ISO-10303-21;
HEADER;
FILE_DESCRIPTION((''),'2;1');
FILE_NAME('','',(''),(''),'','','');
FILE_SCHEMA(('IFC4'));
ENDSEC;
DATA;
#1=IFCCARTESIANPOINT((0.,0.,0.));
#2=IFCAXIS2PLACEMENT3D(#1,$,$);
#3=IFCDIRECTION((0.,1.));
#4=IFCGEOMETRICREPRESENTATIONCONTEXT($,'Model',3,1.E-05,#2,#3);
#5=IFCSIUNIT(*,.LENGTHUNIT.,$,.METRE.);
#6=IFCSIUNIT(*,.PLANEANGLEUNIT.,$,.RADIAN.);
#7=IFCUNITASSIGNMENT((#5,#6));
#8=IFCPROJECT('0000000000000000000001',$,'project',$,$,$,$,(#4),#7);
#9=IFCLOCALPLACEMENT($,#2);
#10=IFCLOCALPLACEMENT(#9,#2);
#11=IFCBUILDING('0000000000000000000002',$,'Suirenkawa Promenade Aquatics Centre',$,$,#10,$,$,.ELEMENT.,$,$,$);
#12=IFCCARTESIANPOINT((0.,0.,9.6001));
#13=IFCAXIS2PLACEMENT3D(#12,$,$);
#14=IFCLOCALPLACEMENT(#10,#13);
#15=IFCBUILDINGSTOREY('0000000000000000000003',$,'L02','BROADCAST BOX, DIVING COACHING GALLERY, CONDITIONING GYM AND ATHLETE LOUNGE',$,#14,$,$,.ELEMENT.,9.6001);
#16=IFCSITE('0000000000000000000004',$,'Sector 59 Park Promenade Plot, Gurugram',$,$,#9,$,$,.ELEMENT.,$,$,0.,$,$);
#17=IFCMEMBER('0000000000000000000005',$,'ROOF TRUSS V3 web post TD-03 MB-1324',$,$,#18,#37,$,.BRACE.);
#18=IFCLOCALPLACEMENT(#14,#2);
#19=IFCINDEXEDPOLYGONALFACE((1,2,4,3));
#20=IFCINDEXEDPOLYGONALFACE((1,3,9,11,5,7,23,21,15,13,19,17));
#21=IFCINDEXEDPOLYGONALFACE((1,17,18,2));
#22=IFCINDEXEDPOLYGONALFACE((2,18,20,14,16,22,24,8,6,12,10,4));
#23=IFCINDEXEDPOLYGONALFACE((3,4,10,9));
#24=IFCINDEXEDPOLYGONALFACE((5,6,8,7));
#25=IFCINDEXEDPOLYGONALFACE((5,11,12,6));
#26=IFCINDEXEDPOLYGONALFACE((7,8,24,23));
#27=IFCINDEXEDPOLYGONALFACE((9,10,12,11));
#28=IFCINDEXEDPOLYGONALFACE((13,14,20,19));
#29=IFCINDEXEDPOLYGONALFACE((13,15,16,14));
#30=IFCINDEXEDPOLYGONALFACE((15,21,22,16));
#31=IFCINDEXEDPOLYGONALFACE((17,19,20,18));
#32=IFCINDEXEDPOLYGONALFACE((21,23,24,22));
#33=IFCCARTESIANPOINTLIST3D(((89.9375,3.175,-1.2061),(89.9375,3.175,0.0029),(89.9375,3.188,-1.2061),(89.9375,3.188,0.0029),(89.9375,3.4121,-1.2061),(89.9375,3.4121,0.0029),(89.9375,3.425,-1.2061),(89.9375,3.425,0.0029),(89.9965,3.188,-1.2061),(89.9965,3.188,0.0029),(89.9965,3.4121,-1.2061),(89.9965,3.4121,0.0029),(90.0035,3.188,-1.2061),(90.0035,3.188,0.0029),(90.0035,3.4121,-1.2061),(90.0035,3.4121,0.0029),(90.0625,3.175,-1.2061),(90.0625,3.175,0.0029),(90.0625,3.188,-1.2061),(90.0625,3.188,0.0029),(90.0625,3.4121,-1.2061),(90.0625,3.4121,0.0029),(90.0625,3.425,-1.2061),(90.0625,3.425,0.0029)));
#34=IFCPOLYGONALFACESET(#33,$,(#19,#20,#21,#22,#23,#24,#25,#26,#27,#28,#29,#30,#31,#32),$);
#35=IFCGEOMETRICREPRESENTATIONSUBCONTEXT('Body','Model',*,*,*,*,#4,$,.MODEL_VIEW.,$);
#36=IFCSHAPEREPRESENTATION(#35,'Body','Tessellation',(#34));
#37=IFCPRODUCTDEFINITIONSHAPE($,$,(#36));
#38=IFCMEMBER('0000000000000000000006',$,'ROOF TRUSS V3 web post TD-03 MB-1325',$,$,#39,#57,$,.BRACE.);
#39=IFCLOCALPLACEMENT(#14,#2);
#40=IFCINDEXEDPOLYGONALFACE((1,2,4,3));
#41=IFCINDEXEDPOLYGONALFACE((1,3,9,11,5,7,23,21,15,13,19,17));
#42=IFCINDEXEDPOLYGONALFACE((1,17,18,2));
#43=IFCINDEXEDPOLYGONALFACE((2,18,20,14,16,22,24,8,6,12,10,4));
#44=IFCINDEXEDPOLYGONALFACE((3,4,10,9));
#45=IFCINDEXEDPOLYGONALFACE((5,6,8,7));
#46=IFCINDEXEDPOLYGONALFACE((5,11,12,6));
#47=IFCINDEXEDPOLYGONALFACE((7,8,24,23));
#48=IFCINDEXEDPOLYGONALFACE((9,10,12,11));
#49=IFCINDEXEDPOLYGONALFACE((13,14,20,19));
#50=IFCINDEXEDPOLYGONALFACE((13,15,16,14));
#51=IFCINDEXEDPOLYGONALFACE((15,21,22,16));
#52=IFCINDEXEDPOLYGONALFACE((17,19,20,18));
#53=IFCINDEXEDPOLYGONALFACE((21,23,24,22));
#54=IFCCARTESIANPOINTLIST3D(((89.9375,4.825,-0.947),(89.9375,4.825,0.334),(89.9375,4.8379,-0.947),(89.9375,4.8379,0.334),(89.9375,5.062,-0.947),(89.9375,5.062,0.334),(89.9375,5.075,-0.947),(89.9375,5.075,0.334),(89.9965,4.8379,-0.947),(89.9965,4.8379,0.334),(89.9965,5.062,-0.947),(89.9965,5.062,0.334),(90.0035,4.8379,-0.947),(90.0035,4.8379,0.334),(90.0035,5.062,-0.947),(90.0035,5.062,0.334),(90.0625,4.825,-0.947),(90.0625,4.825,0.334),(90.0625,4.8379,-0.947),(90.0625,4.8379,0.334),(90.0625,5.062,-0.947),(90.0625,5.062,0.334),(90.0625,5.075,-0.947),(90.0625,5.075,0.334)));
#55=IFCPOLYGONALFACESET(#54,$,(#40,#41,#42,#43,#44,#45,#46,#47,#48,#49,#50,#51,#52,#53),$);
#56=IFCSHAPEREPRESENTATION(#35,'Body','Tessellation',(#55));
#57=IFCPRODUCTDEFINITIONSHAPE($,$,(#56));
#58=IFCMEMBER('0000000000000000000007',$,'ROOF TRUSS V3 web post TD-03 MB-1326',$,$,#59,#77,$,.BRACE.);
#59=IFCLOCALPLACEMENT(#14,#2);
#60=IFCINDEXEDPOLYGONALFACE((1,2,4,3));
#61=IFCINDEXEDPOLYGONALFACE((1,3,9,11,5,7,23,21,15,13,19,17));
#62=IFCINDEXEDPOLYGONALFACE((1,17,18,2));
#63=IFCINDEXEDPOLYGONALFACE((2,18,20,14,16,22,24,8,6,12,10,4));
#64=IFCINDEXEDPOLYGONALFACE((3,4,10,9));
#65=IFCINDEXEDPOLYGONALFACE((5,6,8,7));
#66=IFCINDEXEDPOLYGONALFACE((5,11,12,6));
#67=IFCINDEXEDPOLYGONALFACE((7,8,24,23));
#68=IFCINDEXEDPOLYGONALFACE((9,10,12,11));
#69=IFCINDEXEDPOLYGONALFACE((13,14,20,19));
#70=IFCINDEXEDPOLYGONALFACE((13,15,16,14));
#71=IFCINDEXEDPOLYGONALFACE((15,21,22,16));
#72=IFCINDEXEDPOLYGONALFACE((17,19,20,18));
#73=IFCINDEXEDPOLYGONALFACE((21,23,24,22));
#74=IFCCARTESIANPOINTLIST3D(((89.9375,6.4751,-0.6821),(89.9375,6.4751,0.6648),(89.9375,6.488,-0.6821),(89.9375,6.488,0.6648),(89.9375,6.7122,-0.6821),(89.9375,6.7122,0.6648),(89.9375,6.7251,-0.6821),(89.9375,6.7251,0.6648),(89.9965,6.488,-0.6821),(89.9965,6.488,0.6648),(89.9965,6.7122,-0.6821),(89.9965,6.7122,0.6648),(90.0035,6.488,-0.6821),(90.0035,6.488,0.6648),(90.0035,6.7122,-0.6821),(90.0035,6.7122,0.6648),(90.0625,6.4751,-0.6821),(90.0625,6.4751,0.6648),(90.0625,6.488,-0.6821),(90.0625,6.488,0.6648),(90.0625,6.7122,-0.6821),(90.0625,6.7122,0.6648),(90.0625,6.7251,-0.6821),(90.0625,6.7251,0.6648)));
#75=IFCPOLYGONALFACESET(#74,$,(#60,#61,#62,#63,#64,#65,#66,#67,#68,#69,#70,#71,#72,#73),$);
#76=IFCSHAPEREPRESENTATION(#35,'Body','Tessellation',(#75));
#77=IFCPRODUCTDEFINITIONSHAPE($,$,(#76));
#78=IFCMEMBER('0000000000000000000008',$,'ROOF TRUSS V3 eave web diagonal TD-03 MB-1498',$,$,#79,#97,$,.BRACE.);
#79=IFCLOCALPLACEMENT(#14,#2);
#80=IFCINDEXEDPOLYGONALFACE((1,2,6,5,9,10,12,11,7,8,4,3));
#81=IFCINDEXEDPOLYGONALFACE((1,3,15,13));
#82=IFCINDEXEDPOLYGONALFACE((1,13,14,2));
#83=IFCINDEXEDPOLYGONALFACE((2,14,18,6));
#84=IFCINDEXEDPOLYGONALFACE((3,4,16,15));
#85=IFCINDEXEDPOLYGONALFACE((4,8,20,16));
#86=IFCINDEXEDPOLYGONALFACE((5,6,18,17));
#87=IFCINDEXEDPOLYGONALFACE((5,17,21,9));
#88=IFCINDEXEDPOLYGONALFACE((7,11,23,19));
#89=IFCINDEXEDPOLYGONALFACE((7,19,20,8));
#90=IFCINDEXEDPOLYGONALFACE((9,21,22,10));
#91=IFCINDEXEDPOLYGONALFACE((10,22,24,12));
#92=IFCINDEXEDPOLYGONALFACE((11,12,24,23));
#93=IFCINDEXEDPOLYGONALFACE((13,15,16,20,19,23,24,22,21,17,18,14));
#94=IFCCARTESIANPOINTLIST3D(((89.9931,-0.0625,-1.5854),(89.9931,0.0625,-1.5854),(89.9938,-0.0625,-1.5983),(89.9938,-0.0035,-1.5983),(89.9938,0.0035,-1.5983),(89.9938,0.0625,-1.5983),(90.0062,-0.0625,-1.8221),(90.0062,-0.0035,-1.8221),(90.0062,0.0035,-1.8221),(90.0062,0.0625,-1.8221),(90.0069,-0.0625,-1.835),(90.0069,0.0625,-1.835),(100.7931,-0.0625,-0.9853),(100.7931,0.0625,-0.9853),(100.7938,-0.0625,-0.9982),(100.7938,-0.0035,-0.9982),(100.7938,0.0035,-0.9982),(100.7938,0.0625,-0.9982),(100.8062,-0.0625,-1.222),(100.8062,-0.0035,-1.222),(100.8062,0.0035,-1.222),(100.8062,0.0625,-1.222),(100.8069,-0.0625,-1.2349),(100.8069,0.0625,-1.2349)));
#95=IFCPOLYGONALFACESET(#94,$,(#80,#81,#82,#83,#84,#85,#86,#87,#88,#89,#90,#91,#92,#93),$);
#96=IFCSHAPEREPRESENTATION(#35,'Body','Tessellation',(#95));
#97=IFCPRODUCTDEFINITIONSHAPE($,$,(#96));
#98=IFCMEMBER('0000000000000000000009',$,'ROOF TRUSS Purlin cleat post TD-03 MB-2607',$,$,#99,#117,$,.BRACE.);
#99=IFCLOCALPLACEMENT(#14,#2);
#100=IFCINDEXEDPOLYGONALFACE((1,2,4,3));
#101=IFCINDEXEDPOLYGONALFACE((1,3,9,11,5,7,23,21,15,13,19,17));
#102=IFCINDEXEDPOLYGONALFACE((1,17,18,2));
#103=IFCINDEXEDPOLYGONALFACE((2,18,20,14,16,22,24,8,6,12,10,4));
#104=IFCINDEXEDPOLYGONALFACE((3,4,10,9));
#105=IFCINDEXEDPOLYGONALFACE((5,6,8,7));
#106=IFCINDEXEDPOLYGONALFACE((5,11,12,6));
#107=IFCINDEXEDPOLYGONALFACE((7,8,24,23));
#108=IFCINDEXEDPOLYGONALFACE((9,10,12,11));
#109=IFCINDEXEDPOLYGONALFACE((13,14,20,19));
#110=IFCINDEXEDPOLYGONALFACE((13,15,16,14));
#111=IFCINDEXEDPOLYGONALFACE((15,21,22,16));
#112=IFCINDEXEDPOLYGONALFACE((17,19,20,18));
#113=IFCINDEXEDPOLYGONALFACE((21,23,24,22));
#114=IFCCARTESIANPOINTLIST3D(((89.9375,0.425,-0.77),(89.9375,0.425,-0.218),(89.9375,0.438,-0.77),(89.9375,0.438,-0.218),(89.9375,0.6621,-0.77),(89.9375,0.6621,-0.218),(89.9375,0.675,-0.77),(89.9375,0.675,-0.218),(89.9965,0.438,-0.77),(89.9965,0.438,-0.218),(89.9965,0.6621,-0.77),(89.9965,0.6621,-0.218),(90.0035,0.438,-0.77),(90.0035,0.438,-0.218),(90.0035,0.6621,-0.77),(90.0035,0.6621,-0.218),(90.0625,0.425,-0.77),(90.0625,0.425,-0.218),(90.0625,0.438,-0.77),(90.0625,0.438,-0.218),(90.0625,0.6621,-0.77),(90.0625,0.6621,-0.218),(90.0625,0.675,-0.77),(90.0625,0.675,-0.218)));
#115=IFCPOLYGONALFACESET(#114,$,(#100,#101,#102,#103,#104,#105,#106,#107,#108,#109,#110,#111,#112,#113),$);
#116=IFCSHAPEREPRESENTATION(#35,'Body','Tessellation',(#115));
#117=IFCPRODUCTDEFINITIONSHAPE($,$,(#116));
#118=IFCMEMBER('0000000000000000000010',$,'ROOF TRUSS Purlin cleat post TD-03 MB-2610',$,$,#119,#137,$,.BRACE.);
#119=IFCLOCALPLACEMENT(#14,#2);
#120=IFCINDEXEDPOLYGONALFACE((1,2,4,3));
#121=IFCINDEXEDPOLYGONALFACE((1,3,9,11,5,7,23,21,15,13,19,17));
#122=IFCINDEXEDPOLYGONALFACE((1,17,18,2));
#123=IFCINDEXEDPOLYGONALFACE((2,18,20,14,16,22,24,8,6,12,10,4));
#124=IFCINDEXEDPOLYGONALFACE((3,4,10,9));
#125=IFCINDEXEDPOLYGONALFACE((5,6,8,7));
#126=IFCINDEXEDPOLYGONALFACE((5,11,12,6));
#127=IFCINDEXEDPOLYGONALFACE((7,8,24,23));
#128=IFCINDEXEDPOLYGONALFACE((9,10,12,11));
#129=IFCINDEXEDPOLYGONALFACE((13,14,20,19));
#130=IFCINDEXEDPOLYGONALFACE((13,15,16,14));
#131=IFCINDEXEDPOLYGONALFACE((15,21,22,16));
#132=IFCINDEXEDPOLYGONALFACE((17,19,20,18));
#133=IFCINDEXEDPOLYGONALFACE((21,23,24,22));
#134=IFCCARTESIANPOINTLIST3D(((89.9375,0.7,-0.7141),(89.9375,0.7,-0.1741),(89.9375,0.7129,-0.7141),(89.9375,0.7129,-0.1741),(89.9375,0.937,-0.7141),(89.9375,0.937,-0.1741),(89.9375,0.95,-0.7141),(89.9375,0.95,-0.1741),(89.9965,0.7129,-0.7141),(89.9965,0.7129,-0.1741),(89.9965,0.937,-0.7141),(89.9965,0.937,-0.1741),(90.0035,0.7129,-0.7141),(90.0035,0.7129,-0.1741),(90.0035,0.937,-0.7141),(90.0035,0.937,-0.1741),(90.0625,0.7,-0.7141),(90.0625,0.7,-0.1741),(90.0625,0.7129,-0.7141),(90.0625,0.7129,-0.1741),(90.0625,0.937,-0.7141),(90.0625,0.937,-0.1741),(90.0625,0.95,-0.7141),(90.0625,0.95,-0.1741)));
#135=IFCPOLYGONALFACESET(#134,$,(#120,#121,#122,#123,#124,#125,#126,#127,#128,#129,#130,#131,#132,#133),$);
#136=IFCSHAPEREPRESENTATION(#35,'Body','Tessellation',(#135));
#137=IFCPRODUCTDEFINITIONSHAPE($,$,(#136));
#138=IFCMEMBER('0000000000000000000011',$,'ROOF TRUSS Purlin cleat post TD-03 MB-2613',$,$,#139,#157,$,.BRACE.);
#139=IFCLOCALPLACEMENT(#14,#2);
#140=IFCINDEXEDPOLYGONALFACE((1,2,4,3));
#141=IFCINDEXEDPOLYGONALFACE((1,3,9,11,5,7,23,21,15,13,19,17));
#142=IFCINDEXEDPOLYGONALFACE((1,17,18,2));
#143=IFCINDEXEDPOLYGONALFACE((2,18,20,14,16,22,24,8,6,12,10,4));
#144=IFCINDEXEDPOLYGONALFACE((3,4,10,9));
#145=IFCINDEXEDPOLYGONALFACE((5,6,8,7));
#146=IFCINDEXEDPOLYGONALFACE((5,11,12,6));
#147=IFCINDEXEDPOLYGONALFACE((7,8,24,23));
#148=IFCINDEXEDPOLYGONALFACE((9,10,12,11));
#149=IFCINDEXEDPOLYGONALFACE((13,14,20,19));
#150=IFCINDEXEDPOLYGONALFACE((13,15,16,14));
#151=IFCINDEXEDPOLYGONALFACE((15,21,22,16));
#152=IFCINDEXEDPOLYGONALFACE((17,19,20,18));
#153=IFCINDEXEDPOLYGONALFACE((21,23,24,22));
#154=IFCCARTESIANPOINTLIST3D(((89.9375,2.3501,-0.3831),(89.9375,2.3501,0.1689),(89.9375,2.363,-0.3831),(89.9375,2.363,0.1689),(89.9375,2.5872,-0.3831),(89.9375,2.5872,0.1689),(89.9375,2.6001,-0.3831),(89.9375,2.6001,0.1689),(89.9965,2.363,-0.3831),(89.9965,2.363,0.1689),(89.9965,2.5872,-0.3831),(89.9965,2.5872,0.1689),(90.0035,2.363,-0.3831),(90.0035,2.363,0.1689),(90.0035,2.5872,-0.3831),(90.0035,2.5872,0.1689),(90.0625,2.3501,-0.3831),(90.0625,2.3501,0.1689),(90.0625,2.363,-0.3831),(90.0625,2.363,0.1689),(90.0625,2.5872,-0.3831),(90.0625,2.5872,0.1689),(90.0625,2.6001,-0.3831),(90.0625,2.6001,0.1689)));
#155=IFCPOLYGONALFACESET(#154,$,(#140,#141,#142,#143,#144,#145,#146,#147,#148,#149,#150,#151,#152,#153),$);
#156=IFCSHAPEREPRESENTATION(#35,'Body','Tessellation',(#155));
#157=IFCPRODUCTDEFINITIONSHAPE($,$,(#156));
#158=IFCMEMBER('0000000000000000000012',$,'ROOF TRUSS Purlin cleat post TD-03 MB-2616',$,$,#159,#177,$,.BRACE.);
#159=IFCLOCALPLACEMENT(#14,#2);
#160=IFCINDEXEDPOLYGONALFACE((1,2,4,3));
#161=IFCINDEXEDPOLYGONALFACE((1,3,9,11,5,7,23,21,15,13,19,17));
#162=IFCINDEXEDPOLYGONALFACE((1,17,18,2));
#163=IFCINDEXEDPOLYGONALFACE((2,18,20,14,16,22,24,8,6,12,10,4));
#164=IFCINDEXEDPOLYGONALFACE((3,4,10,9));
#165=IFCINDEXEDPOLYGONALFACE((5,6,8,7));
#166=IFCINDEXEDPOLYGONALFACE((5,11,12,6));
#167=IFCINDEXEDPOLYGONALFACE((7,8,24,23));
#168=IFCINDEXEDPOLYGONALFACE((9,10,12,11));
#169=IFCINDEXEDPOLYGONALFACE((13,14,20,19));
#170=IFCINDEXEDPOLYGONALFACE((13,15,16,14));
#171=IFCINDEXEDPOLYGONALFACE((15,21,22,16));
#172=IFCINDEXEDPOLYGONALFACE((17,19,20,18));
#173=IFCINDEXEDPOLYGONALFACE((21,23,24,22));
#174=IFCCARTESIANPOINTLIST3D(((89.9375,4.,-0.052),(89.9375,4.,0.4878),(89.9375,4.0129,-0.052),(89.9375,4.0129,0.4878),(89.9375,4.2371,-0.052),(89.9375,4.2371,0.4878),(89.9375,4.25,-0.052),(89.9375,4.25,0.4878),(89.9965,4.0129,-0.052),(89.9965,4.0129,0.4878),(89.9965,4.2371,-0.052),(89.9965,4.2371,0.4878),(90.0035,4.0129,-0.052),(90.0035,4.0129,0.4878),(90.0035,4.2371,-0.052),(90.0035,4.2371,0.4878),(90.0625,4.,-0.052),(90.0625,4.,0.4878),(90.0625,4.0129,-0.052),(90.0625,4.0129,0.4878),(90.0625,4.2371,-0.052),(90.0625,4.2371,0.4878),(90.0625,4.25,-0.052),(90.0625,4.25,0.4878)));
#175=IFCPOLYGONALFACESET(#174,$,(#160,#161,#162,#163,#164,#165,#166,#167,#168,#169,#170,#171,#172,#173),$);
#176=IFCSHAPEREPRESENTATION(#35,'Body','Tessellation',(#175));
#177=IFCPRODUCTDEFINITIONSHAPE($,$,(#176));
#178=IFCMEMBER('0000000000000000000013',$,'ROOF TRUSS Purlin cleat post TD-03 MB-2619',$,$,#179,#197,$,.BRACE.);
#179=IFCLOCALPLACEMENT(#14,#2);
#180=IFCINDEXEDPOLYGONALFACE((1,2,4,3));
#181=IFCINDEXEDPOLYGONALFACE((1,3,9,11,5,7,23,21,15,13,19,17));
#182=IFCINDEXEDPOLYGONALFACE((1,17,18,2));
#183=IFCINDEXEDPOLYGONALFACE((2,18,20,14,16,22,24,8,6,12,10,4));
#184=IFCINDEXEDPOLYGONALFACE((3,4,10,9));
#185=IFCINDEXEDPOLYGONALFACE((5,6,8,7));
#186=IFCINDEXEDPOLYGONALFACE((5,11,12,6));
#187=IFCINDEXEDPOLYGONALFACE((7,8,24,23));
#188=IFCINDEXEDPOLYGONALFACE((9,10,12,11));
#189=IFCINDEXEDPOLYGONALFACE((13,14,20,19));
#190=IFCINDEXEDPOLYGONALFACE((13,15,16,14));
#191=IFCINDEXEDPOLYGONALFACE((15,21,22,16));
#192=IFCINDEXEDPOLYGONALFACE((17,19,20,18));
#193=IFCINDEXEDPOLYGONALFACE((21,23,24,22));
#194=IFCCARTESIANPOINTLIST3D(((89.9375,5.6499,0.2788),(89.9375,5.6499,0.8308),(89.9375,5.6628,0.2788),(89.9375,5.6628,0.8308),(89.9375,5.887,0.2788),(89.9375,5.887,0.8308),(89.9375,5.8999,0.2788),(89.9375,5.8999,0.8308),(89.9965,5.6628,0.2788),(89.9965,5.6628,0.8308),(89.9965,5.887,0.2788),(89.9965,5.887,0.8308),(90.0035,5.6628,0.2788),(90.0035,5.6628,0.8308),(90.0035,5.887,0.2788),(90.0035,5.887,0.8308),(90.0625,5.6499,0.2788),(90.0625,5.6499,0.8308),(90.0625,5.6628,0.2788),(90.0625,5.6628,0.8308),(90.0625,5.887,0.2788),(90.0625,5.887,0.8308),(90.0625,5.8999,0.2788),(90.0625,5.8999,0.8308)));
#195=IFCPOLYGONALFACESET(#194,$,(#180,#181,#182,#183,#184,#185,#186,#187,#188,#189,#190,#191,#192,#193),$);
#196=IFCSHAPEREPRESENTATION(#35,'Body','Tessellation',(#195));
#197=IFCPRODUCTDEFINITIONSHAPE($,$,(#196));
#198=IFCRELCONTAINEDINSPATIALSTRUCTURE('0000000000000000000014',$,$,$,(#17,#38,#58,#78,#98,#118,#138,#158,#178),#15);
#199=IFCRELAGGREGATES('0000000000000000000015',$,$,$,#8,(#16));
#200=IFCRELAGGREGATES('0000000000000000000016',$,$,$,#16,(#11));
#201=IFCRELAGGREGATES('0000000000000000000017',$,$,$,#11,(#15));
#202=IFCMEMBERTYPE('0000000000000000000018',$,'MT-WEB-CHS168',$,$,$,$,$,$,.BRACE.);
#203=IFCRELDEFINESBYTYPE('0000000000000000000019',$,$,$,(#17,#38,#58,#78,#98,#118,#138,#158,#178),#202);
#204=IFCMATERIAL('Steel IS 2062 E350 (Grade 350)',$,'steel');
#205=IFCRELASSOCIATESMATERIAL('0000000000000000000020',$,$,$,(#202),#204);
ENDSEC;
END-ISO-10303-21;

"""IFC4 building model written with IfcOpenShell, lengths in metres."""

from ifc_helpers import new_model, si_unit, direction, frame, origin, origin_2d, place, context, subcontext, project, spatial, i_section, extrude, material, material_profile, profile_set, type_object, element, save


model = new_model("IFC4")

# Units and contexts
model_context = context("Model", 3, precision=1e-05, world=origin(), true_north=direction((0.0, 1.0)))
body_context = subcontext(model_context, "Body", "Model", "MODEL_VIEW")
ifc_project = project(units=[si_unit("LENGTHUNIT", "METRE"), si_unit("PLANEANGLEUNIT", "RADIAN")], contexts=[model_context])

# Site, building, storey
site_placement = place(None, origin())
site = spatial("IfcSite", under=ifc_project, at=site_placement, Name="Sector 59 Park Promenade Plot, Gurugram", CompositionType="ELEMENT", RefElevation=0.0)
building_placement = place(site_placement, origin())
building = spatial("IfcBuilding", under=site, at=building_placement, Name="Suirenkawa Promenade Aquatics Centre", CompositionType="ELEMENT")
storey_placement = place(building_placement, frame((0.0, 0.0, 9.6001)))
storey = spatial("IfcBuildingStorey", under=building, at=storey_placement, Name="L02", Description="BROADCAST BOX, DIVING COACHING GALLERY, CONDITIONING GYM AND ATHLETE LOUNGE", CompositionType="ELEMENT", Elevation=9.6001)

# Shared definitions
ifc_material_1 = material(Name="Steel IS 2062 E350 (Grade 350)", Category="steel")

# Members
ifc_material_profile_1 = material_profile(ifc_material_1, i_section(OverallWidth=0.125, OverallDepth=0.25, WebThickness=0.0071, FlangeThickness=0.0129, at=origin_2d()), Name="ISMB 250", Category="steel")
ifc_profile_set_1 = profile_set([ifc_material_profile_1], Name="Steel IS 2062 E350 (Grade 350)")
member_type_1 = type_object("IfcMemberType", Name="MT-WEB-CHS168", PredefinedType="BRACE", material=ifc_profile_set_1)
member_1_placement = place(storey_placement, frame((90.0, 3.3, -1.2061), z_axis=(0.0, 0.0, 1.0), x_axis=(1.0, 0.0, 0.0)))
element("IfcMember", 1, at=member_1_placement, inside=storey, type_object=member_type_1, Name="ROOF TRUSS V3 web post TD-03 MB-1324", PredefinedType="BRACE", context=body_context, shape_type="SweptSolid", body=[
    extrude(i_section(OverallWidth=0.125, OverallDepth=0.25, WebThickness=0.0071, FlangeThickness=0.0129, at=origin_2d()), origin(), (0.0, 0.0, 1.0), 1.209),
])
member_2_placement = place(storey_placement, frame((90.0, 4.95, -0.947), z_axis=(0.0, 0.0, 1.0), x_axis=(1.0, 0.0, 0.0)))
element("IfcMember", 2, at=member_2_placement, inside=storey, type_object=member_type_1, Name="ROOF TRUSS V3 web post TD-03 MB-1325", PredefinedType="BRACE", context=body_context, shape_type="SweptSolid", body=[
    extrude(i_section(OverallWidth=0.125, OverallDepth=0.25, WebThickness=0.0071, FlangeThickness=0.0129, at=origin_2d()), origin(), (0.0, 0.0, 1.0), 1.281),
])
member_3_placement = place(storey_placement, frame((90.0, 6.6001, -0.6821), z_axis=(0.0, 0.0, 1.0), x_axis=(1.0, 0.0, 0.0)))
element("IfcMember", 3, at=member_3_placement, inside=storey, type_object=member_type_1, Name="ROOF TRUSS V3 web post TD-03 MB-1326", PredefinedType="BRACE", context=body_context, shape_type="SweptSolid", body=[
    extrude(i_section(OverallWidth=0.125, OverallDepth=0.25, WebThickness=0.0071, FlangeThickness=0.0129, at=origin_2d()), origin(), (0.0, 0.0, 1.0), 1.3469),
])
member_4_placement = place(storey_placement, frame((90.0, 0.0, -1.7102), z_axis=(0.99846, 0.0, 0.055479), x_axis=(0.0, 1.0, 0.0)))
element("IfcMember", 4, at=member_4_placement, inside=storey, type_object=member_type_1, Name="ROOF TRUSS V3 eave web diagonal TD-03 MB-1498", PredefinedType="BRACE", context=body_context, shape_type="SweptSolid", body=[
    extrude(i_section(OverallWidth=0.125, OverallDepth=0.25, WebThickness=0.0071, FlangeThickness=0.0129, at=origin_2d()), origin(), (0.0, 0.0, 1.0), 10.8167),
])
member_5_placement = place(storey_placement, frame((90.0, 0.55, -0.77), z_axis=(0.0, 0.0, 1.0), x_axis=(1.0, 0.0, 0.0)))
element("IfcMember", 5, at=member_5_placement, inside=storey, type_object=member_type_1, Name="ROOF TRUSS Purlin cleat post TD-03 MB-2607", PredefinedType="BRACE", context=body_context, shape_type="SweptSolid", body=[
    extrude(i_section(OverallWidth=0.125, OverallDepth=0.25, WebThickness=0.0071, FlangeThickness=0.0129, at=origin_2d()), origin(), (0.0, 0.0, 1.0), 0.552),
])
member_6_placement = place(storey_placement, frame((90.0, 0.825, -0.7141), z_axis=(0.0, 0.0, 1.0), x_axis=(1.0, 0.0, 0.0)))
element("IfcMember", 6, at=member_6_placement, inside=storey, type_object=member_type_1, Name="ROOF TRUSS Purlin cleat post TD-03 MB-2610", PredefinedType="BRACE", context=body_context, shape_type="SweptSolid", body=[
    extrude(i_section(OverallWidth=0.125, OverallDepth=0.25, WebThickness=0.0071, FlangeThickness=0.0129, at=origin_2d()), origin(), (0.0, 0.0, 1.0), 0.54),
])
member_7_placement = place(storey_placement, frame((90.0, 2.4751, -0.3831), z_axis=(0.0, 0.0, 1.0), x_axis=(1.0, 0.0, 0.0)))
element("IfcMember", 7, at=member_7_placement, inside=storey, type_object=member_type_1, Name="ROOF TRUSS Purlin cleat post TD-03 MB-2613", PredefinedType="BRACE", context=body_context, shape_type="SweptSolid", body=[
    extrude(i_section(OverallWidth=0.125, OverallDepth=0.25, WebThickness=0.0071, FlangeThickness=0.0129, at=origin_2d()), origin(), (0.0, 0.0, 1.0), 0.552),
])
member_8_placement = place(storey_placement, frame((90.0, 4.125, -0.052), z_axis=(0.0, 0.0, 1.0), x_axis=(1.0, 0.0, 0.0)))
element("IfcMember", 8, at=member_8_placement, inside=storey, type_object=member_type_1, Name="ROOF TRUSS Purlin cleat post TD-03 MB-2616", PredefinedType="BRACE", context=body_context, shape_type="SweptSolid", body=[
    extrude(i_section(OverallWidth=0.125, OverallDepth=0.25, WebThickness=0.0071, FlangeThickness=0.0129, at=origin_2d()), origin(), (0.0, 0.0, 1.0), 0.5398),
])
member_9_placement = place(storey_placement, frame((90.0, 5.7749, 0.2788), z_axis=(0.0, 0.0, 1.0), x_axis=(1.0, 0.0, 0.0)))
element("IfcMember", 9, at=member_9_placement, inside=storey, type_object=member_type_1, Name="ROOF TRUSS Purlin cleat post TD-03 MB-2619", PredefinedType="BRACE", context=body_context, shape_type="SweptSolid", body=[
    extrude(i_section(OverallWidth=0.125, OverallDepth=0.25, WebThickness=0.0071, FlangeThickness=0.0129, at=origin_2d()), origin(), (0.0, 0.0, 1.0), 0.552),
])

save(model, "model.ifc")
